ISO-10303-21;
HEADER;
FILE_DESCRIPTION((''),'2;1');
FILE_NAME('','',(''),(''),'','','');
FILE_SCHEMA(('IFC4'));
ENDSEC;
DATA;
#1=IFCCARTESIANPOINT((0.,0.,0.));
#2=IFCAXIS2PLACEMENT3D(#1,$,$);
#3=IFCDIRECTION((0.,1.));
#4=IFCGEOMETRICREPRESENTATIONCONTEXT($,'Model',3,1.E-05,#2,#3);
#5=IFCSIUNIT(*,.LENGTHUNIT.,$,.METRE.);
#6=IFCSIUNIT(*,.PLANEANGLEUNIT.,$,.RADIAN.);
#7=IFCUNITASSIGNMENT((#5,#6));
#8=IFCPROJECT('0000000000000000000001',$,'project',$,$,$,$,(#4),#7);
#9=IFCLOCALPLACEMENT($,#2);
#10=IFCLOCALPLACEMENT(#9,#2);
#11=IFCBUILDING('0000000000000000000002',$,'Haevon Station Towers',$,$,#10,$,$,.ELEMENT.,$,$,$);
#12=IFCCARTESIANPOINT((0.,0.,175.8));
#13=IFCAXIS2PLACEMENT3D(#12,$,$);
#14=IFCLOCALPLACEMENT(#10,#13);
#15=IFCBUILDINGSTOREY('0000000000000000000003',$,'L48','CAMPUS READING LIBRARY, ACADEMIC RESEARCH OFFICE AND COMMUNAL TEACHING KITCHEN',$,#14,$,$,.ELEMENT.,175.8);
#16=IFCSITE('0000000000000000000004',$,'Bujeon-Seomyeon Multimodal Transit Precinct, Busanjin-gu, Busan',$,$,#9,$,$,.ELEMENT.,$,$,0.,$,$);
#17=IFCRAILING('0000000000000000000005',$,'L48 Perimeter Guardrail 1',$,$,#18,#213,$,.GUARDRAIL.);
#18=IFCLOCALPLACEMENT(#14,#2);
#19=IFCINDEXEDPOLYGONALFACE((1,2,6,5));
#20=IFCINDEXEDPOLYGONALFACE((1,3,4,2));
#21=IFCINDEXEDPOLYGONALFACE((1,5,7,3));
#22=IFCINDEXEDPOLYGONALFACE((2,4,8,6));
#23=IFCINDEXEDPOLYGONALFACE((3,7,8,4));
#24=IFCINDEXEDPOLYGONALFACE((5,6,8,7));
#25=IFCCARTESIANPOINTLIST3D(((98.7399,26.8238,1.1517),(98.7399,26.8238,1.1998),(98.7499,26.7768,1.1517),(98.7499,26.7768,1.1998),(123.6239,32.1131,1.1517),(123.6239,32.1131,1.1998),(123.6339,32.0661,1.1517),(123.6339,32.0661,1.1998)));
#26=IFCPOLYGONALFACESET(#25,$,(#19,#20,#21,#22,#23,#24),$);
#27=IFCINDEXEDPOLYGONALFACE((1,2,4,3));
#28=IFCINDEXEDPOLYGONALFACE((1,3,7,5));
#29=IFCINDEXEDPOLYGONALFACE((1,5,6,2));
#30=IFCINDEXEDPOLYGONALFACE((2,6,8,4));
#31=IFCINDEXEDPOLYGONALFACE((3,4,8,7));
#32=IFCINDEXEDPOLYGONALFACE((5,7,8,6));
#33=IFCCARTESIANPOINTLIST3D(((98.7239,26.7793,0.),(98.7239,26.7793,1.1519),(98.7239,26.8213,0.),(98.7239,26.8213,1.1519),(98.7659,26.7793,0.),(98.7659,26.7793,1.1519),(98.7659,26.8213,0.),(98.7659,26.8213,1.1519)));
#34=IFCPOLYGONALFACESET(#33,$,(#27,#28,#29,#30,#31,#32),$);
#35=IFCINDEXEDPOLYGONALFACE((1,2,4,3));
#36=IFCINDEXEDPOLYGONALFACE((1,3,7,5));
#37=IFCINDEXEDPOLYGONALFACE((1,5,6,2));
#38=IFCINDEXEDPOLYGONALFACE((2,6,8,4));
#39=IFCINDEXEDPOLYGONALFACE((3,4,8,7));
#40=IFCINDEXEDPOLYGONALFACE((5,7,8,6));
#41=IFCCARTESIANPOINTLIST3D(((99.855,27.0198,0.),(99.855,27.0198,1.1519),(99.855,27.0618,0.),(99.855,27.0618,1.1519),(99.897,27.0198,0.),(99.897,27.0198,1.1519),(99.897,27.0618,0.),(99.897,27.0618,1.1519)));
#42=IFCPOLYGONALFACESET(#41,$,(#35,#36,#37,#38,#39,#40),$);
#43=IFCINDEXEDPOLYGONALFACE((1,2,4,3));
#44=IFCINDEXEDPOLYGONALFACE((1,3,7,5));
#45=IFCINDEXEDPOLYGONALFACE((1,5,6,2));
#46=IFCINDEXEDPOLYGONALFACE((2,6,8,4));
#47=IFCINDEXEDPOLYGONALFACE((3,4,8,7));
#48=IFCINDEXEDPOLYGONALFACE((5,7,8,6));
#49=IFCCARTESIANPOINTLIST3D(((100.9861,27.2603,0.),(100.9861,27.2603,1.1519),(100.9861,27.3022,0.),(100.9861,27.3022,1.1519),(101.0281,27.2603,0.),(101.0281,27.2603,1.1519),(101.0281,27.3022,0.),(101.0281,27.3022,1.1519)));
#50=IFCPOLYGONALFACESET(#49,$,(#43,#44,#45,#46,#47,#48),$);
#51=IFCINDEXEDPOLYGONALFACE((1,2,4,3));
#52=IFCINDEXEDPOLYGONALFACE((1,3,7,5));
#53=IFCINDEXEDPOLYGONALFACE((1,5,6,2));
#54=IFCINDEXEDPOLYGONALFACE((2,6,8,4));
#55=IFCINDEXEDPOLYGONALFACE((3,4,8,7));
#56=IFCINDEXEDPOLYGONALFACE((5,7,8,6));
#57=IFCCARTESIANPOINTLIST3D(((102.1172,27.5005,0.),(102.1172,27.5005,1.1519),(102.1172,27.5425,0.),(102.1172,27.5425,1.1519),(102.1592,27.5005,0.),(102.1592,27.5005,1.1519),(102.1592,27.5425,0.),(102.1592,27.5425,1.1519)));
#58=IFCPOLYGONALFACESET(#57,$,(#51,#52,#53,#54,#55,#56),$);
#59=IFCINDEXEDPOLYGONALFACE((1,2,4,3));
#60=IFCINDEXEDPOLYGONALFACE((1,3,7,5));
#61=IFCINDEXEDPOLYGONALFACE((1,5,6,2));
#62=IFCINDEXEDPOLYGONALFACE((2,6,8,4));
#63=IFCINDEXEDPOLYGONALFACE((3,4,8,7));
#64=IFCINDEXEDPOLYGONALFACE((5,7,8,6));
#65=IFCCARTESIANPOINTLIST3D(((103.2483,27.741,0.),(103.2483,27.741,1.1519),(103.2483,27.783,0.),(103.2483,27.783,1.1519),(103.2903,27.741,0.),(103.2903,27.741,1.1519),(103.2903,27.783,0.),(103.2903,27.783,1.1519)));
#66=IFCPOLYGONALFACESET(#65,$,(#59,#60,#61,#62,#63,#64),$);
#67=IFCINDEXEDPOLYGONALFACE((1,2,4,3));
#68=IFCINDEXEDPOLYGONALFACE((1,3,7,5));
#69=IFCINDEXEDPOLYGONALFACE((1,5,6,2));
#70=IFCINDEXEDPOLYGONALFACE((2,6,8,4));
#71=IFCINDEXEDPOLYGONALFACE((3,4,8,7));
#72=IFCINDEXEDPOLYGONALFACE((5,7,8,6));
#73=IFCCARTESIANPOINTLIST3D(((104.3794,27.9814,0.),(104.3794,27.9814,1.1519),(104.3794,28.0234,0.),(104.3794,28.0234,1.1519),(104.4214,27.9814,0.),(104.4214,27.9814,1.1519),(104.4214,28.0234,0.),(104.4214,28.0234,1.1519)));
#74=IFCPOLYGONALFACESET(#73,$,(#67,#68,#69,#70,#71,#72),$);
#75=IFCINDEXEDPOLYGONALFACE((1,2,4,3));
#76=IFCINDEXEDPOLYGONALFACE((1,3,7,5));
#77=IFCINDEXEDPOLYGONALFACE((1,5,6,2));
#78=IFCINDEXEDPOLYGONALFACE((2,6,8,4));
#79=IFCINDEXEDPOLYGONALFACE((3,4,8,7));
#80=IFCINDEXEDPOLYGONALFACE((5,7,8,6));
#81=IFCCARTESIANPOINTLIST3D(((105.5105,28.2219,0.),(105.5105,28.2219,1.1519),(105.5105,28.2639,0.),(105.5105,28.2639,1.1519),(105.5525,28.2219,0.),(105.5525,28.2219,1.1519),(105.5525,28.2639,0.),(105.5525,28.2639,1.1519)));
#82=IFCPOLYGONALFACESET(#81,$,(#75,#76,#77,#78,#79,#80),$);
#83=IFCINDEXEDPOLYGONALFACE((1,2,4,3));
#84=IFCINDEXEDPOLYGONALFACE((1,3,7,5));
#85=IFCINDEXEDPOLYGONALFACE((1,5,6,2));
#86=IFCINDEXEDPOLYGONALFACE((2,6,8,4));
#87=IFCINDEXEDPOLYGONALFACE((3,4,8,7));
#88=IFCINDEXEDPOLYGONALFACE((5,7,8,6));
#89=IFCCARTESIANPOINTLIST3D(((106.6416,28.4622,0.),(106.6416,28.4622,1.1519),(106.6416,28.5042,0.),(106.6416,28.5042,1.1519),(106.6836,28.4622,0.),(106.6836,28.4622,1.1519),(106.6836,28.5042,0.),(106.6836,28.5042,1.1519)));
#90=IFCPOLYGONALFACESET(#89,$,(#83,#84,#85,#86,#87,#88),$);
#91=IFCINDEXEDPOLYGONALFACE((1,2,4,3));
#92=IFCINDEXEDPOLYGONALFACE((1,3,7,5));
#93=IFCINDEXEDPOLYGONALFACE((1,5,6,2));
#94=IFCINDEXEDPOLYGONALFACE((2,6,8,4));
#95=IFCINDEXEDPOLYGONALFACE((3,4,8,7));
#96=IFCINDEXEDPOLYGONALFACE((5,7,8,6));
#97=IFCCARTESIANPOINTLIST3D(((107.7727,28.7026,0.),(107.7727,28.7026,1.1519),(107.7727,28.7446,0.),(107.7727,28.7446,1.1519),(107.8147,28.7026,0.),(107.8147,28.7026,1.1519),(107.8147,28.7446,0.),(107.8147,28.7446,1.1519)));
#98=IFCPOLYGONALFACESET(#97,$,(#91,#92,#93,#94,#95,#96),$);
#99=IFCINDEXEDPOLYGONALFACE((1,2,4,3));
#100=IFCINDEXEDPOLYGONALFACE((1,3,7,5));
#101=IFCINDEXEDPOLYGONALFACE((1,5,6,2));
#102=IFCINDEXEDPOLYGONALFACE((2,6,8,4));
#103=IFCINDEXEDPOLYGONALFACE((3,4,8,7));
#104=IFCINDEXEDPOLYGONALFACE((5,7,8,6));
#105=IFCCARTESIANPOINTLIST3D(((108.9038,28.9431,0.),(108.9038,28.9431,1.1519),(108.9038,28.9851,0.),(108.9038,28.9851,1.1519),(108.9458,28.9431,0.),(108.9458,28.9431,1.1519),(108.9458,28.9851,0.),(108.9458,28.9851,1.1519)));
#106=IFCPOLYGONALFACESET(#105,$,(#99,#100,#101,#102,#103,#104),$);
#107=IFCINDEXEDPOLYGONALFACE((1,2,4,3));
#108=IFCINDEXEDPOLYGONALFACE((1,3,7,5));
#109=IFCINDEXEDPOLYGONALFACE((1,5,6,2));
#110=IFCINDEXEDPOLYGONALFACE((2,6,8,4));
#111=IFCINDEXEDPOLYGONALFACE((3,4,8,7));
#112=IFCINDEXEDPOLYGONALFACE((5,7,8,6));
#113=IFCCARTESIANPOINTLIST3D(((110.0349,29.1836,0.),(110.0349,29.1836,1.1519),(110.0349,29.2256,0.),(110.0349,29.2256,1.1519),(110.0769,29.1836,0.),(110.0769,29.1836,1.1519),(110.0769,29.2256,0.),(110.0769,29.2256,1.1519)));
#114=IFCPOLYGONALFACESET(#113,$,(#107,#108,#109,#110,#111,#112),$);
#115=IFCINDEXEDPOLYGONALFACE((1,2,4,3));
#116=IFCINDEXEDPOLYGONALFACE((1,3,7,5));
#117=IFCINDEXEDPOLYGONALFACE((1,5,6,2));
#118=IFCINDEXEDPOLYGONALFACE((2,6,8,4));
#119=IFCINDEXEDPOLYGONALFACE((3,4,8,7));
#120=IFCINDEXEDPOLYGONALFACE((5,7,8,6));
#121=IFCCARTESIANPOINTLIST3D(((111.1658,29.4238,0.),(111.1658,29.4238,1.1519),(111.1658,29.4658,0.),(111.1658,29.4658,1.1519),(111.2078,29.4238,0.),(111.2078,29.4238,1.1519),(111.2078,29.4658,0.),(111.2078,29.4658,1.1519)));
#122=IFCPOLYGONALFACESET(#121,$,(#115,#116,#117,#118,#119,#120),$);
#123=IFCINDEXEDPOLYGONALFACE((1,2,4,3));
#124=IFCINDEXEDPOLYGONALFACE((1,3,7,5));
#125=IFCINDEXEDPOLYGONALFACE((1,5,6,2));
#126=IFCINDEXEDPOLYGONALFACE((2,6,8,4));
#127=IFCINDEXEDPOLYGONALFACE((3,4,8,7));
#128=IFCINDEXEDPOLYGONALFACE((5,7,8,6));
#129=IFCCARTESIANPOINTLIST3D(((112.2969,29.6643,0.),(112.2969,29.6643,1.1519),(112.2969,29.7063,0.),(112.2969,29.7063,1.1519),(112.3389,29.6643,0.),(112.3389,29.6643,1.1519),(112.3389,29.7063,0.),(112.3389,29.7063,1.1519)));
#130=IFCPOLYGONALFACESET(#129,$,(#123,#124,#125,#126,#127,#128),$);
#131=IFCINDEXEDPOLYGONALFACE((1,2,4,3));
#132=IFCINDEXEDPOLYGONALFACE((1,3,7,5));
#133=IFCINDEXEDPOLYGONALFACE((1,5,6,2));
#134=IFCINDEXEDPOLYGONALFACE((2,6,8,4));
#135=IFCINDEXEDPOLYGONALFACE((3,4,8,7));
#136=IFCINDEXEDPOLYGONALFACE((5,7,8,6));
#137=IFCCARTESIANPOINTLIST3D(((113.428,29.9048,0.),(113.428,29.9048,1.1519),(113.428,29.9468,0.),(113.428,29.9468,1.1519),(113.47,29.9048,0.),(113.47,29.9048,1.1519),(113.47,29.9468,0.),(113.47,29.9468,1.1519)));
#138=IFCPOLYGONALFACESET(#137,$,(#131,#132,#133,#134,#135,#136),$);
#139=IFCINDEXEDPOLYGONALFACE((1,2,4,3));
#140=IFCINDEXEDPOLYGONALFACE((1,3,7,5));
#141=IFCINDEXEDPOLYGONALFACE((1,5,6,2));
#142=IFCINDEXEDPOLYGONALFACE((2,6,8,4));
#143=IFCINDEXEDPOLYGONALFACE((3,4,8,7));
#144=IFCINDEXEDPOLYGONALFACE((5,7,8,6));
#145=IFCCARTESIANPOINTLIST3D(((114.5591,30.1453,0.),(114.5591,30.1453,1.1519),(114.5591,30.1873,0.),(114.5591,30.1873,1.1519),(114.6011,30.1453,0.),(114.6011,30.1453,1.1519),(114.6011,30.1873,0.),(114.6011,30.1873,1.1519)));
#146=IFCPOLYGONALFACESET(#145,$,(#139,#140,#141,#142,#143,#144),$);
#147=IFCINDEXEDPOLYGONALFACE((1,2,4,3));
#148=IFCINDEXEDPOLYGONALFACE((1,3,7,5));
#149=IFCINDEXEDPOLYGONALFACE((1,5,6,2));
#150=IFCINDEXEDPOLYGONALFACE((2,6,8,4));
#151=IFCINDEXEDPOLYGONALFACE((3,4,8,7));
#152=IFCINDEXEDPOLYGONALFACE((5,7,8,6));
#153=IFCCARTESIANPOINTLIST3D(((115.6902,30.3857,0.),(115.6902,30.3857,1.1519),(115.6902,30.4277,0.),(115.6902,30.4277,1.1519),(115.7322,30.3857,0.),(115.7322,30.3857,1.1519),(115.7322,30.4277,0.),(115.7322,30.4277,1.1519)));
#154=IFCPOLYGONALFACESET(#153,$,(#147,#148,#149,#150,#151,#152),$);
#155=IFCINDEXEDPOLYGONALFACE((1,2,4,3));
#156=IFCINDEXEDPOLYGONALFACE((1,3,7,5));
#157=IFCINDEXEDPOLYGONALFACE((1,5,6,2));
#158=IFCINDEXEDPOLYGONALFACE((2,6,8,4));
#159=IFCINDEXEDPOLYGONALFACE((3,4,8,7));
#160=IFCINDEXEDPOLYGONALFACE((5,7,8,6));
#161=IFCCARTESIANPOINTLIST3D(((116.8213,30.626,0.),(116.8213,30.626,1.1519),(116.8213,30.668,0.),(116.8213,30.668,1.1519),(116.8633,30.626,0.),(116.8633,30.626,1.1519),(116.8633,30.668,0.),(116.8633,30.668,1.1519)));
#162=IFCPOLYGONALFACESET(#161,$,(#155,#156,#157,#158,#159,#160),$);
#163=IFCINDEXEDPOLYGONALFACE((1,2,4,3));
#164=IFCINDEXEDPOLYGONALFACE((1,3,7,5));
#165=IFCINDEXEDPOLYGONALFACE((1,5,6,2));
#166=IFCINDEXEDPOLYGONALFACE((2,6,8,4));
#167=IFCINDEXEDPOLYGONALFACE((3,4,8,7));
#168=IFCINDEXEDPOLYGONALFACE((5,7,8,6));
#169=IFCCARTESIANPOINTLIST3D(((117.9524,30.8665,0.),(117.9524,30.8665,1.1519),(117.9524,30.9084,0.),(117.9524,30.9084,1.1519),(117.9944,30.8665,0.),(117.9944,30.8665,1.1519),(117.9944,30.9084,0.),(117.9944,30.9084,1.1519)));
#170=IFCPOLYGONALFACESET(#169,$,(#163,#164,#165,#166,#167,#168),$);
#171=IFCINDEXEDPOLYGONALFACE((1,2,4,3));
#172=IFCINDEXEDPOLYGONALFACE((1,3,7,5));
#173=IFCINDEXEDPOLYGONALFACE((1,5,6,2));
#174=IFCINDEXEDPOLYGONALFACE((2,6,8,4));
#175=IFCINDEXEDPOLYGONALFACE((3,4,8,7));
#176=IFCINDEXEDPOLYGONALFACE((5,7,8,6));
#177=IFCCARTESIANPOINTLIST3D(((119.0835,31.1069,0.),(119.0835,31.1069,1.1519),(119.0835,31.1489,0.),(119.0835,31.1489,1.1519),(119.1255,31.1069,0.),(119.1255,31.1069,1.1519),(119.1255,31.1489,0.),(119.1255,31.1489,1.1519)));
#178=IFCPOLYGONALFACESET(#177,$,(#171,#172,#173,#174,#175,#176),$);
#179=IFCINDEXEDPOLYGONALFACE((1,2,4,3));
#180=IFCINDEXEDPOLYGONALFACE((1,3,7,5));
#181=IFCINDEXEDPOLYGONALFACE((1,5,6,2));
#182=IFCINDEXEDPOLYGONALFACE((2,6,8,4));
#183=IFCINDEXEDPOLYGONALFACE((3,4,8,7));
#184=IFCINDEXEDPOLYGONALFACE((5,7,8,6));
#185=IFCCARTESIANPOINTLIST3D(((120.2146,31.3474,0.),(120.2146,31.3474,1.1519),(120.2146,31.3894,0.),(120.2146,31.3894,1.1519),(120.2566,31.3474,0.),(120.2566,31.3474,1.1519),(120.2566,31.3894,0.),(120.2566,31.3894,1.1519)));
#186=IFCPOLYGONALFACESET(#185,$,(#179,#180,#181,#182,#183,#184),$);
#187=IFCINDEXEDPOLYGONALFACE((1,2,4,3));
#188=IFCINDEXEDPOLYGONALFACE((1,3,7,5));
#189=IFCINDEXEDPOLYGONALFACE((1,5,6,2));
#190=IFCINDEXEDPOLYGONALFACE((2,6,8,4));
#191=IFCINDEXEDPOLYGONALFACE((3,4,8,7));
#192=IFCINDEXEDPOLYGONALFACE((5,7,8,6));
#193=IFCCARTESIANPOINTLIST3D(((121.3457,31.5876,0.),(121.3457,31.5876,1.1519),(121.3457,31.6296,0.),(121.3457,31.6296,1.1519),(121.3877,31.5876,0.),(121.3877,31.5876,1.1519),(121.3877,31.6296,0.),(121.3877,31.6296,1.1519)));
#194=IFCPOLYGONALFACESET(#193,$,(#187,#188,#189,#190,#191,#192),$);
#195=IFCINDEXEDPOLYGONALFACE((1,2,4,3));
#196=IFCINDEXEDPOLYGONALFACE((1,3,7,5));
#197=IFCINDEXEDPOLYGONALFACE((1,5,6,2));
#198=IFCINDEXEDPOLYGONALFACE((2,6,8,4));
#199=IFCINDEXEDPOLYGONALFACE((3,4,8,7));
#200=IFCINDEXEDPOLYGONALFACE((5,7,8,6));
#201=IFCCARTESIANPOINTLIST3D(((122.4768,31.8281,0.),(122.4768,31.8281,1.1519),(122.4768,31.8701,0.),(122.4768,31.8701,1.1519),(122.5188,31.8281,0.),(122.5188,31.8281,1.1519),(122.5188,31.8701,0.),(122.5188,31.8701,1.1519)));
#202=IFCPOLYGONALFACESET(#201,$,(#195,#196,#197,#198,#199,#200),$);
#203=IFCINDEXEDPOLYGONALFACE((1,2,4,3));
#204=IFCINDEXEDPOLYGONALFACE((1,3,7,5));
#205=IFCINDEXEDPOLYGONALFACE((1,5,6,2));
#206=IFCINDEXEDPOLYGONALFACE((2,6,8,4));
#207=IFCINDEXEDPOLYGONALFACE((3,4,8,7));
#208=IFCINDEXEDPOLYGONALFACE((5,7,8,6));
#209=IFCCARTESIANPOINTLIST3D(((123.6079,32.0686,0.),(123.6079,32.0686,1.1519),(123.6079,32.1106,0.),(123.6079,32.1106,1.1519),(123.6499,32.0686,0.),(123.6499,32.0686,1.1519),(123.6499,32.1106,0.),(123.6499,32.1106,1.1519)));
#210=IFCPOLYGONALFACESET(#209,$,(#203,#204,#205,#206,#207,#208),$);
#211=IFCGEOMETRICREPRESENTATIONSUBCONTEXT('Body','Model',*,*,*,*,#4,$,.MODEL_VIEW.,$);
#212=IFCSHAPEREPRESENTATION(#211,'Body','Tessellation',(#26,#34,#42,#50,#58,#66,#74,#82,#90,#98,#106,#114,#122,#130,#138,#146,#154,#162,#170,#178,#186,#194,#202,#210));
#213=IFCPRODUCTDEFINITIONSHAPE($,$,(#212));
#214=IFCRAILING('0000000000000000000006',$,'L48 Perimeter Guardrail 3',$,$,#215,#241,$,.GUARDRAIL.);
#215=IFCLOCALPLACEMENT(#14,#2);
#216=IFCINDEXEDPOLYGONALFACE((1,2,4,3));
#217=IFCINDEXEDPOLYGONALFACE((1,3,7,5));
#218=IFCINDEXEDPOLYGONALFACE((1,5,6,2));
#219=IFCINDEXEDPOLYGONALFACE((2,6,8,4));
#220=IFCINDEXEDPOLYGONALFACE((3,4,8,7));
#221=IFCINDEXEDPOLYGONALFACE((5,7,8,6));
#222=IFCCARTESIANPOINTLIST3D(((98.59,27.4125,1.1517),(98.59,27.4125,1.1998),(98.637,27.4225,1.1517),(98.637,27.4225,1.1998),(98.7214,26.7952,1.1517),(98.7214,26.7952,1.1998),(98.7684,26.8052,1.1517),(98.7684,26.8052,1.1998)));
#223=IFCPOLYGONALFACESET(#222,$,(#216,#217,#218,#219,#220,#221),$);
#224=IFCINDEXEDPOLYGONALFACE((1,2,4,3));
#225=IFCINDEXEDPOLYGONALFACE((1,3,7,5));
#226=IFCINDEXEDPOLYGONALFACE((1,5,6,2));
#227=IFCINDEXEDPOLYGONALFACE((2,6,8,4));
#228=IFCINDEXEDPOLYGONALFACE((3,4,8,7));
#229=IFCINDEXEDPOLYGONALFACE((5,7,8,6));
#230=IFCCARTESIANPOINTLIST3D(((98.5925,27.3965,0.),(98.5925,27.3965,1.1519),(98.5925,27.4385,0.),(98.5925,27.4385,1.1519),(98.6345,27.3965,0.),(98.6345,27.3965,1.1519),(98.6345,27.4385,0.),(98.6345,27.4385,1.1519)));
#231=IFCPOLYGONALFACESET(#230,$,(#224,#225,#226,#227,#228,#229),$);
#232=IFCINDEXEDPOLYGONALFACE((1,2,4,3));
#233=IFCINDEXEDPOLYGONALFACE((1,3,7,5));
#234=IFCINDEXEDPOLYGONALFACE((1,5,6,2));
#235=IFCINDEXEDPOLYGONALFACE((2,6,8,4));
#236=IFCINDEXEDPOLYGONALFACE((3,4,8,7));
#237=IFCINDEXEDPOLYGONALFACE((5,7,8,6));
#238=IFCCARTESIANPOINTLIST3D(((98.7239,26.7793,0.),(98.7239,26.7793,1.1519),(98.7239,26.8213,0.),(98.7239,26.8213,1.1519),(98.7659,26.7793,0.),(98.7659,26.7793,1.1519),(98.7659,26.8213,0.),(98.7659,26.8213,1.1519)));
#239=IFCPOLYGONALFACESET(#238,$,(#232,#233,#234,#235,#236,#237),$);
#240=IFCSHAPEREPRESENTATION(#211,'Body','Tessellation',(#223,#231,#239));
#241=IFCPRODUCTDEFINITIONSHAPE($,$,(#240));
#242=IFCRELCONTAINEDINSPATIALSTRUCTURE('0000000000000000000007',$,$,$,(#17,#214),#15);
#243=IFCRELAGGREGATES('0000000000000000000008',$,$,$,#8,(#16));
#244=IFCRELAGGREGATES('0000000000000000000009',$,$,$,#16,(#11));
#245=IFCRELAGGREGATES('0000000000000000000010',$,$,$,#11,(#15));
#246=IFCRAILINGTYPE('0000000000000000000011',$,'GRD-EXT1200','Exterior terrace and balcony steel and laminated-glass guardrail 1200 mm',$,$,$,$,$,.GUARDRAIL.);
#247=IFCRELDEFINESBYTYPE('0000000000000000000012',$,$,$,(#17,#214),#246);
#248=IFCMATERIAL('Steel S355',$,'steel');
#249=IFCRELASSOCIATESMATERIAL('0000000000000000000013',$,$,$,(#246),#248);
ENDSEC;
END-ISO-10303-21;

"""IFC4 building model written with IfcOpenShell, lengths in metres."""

from ifc_helpers import new_model, si_unit, direction, frame, origin, origin_2d, place, context, subcontext, project, spatial, rectangle, extrude, material, type_object, element, save


model = new_model("IFC4")

# Units and contexts
model_context = context("Model", 3, precision=1e-05, world=origin(), true_north=direction((0.0, 1.0)))
body_context = subcontext(model_context, "Body", "Model", "MODEL_VIEW")
ifc_project = project(units=[si_unit("LENGTHUNIT", "METRE"), si_unit("PLANEANGLEUNIT", "RADIAN")], contexts=[model_context])

# Site, building, storey
site_placement = place(None, origin())
site = spatial("IfcSite", under=ifc_project, at=site_placement, Name="Bujeon-Seomyeon Multimodal Transit Precinct, Busanjin-gu, Busan", CompositionType="ELEMENT", RefElevation=0.0)
building_placement = place(site_placement, origin())
building = spatial("IfcBuilding", under=site, at=building_placement, Name="Haevon Station Towers", CompositionType="ELEMENT")
storey_placement = place(building_placement, frame((0.0, 0.0, 175.8)))
storey = spatial("IfcBuildingStorey", under=building, at=storey_placement, Name="L48", Description="CAMPUS READING LIBRARY, ACADEMIC RESEARCH OFFICE AND COMMUNAL TEACHING KITCHEN", CompositionType="ELEMENT", Elevation=175.8)

# Shared definitions
ifc_material_1 = material(Name="Steel S355", Category="steel")

# Railings
railing_type = type_object("IfcRailingType", Name="GRD-EXT1200", Description="Exterior terrace and balcony steel and laminated-glass guardrail 1200 mm", PredefinedType="GUARDRAIL", material=ifc_material_1)
railing_1_placement = place(storey_placement, frame((98.7449, 26.8003, 0.0)))
element("IfcRailing", 1, at=railing_1_placement, inside=storey, type_object=railing_type, Name="L48 Perimeter Guardrail 1", PredefinedType="GUARDRAIL", context=body_context, shape_type="SweptSolid", body=[
    extrude(rectangle(XDim=0.0481, YDim=0.0481, at=origin_2d()), frame((0.0, 0.0, 1.1758), z_axis=(0.978147, 0.207913, 0.0), x_axis=(-0.207913, 0.978147, 0.0)), (0.0, 0.0, 1.0), 25.4399),
    extrude(rectangle(XDim=0.042, YDim=0.042, at=origin_2d()), origin(), (0.0, 0.0, 1.0), 1.1519),
    extrude(rectangle(XDim=0.042, YDim=0.042, at=origin_2d()), frame((1.1311, 0.2405, 0.0)), (0.0, 0.0, 1.0), 1.1519),
    extrude(rectangle(XDim=0.042, YDim=0.042, at=origin_2d()), frame((2.2622, 0.481, 0.0)), (0.0, 0.0, 1.0), 1.1519),
    extrude(rectangle(XDim=0.042, YDim=0.042, at=origin_2d()), frame((3.3933, 0.7212, 0.0)), (0.0, 0.0, 1.0), 1.1519),
    extrude(rectangle(XDim=0.042, YDim=0.042, at=origin_2d()), frame((4.5244, 0.9617, 0.0)), (0.0, 0.0, 1.0), 1.1519),
    extrude(rectangle(XDim=0.042, YDim=0.042, at=origin_2d()), frame((5.6555, 1.2021, 0.0)), (0.0, 0.0, 1.0), 1.1519),
    extrude(rectangle(XDim=0.042, YDim=0.042, at=origin_2d()), frame((6.7866, 1.4426, 0.0)), (0.0, 0.0, 1.0), 1.1519),
    extrude(rectangle(XDim=0.042, YDim=0.042, at=origin_2d()), frame((7.9177, 1.6829, 0.0)), (0.0, 0.0, 1.0), 1.1519),
    extrude(rectangle(XDim=0.042, YDim=0.042, at=origin_2d()), frame((9.0488, 1.9233, 0.0)), (0.0, 0.0, 1.0), 1.1519),
    extrude(rectangle(XDim=0.042, YDim=0.042, at=origin_2d()), frame((10.1799, 2.1638, 0.0)), (0.0, 0.0, 1.0), 1.1519),
    extrude(rectangle(XDim=0.042, YDim=0.042, at=origin_2d()), frame((11.311, 2.4043, 0.0)), (0.0, 0.0, 1.0), 1.1519),
    extrude(rectangle(XDim=0.042, YDim=0.042, at=origin_2d()), frame((12.4419, 2.6445, 0.0)), (0.0, 0.0, 1.0), 1.1519),
    extrude(rectangle(XDim=0.042, YDim=0.042, at=origin_2d()), frame((13.573, 2.885, 0.0)), (0.0, 0.0, 1.0), 1.1519),
    extrude(rectangle(XDim=0.042, YDim=0.042, at=origin_2d()), frame((14.7041, 3.1255, 0.0)), (0.0, 0.0, 1.0), 1.1519),
    extrude(rectangle(XDim=0.042, YDim=0.042, at=origin_2d()), frame((15.8352, 3.366, 0.0)), (0.0, 0.0, 1.0), 1.1519),
    extrude(rectangle(XDim=0.042, YDim=0.042, at=origin_2d()), frame((16.9663, 3.6064, 0.0)), (0.0, 0.0, 1.0), 1.1519),
    extrude(rectangle(XDim=0.042, YDim=0.042, at=origin_2d()), frame((18.0974, 3.8467, 0.0)), (0.0, 0.0, 1.0), 1.1519),
    extrude(rectangle(XDim=0.042, YDim=0.042, at=origin_2d()), frame((19.2285, 4.0872, 0.0)), (0.0, 0.0, 1.0), 1.1519),
    extrude(rectangle(XDim=0.042, YDim=0.042, at=origin_2d()), frame((20.3596, 4.3276, 0.0)), (0.0, 0.0, 1.0), 1.1519),
    extrude(rectangle(XDim=0.042, YDim=0.042, at=origin_2d()), frame((21.4907, 4.5681, 0.0)), (0.0, 0.0, 1.0), 1.1519),
    extrude(rectangle(XDim=0.042, YDim=0.042, at=origin_2d()), frame((22.6218, 4.8083, 0.0)), (0.0, 0.0, 1.0), 1.1519),
    extrude(rectangle(XDim=0.042, YDim=0.042, at=origin_2d()), frame((23.7529, 5.0488, 0.0)), (0.0, 0.0, 1.0), 1.1519),
    extrude(rectangle(XDim=0.042, YDim=0.042, at=origin_2d()), frame((24.884, 5.2893, 0.0)), (0.0, 0.0, 1.0), 1.1519),
])
railing_2_placement = place(storey_placement, frame((98.6135, 27.4175, 0.0)))
element("IfcRailing", 2, at=railing_2_placement, inside=storey, type_object=railing_type, Name="L48 Perimeter Guardrail 3", PredefinedType="GUARDRAIL", context=body_context, shape_type="SweptSolid", body=[
    extrude(rectangle(XDim=0.0481, YDim=0.0481, at=origin_2d()), frame((0.0, 0.0, 1.1758), z_axis=(0.208155, -0.978096, 0.0), x_axis=(0.978096, 0.208155, 0.0)), (0.0, 0.0, 1.0), 0.6311),
    extrude(rectangle(XDim=0.042, YDim=0.042, at=origin_2d()), origin(), (0.0, 0.0, 1.0), 1.1519),
    extrude(rectangle(XDim=0.042, YDim=0.042, at=origin_2d()), frame((0.1313, -0.6172, 0.0)), (0.0, 0.0, 1.0), 1.1519),
])

save(model, "model.ifc")
